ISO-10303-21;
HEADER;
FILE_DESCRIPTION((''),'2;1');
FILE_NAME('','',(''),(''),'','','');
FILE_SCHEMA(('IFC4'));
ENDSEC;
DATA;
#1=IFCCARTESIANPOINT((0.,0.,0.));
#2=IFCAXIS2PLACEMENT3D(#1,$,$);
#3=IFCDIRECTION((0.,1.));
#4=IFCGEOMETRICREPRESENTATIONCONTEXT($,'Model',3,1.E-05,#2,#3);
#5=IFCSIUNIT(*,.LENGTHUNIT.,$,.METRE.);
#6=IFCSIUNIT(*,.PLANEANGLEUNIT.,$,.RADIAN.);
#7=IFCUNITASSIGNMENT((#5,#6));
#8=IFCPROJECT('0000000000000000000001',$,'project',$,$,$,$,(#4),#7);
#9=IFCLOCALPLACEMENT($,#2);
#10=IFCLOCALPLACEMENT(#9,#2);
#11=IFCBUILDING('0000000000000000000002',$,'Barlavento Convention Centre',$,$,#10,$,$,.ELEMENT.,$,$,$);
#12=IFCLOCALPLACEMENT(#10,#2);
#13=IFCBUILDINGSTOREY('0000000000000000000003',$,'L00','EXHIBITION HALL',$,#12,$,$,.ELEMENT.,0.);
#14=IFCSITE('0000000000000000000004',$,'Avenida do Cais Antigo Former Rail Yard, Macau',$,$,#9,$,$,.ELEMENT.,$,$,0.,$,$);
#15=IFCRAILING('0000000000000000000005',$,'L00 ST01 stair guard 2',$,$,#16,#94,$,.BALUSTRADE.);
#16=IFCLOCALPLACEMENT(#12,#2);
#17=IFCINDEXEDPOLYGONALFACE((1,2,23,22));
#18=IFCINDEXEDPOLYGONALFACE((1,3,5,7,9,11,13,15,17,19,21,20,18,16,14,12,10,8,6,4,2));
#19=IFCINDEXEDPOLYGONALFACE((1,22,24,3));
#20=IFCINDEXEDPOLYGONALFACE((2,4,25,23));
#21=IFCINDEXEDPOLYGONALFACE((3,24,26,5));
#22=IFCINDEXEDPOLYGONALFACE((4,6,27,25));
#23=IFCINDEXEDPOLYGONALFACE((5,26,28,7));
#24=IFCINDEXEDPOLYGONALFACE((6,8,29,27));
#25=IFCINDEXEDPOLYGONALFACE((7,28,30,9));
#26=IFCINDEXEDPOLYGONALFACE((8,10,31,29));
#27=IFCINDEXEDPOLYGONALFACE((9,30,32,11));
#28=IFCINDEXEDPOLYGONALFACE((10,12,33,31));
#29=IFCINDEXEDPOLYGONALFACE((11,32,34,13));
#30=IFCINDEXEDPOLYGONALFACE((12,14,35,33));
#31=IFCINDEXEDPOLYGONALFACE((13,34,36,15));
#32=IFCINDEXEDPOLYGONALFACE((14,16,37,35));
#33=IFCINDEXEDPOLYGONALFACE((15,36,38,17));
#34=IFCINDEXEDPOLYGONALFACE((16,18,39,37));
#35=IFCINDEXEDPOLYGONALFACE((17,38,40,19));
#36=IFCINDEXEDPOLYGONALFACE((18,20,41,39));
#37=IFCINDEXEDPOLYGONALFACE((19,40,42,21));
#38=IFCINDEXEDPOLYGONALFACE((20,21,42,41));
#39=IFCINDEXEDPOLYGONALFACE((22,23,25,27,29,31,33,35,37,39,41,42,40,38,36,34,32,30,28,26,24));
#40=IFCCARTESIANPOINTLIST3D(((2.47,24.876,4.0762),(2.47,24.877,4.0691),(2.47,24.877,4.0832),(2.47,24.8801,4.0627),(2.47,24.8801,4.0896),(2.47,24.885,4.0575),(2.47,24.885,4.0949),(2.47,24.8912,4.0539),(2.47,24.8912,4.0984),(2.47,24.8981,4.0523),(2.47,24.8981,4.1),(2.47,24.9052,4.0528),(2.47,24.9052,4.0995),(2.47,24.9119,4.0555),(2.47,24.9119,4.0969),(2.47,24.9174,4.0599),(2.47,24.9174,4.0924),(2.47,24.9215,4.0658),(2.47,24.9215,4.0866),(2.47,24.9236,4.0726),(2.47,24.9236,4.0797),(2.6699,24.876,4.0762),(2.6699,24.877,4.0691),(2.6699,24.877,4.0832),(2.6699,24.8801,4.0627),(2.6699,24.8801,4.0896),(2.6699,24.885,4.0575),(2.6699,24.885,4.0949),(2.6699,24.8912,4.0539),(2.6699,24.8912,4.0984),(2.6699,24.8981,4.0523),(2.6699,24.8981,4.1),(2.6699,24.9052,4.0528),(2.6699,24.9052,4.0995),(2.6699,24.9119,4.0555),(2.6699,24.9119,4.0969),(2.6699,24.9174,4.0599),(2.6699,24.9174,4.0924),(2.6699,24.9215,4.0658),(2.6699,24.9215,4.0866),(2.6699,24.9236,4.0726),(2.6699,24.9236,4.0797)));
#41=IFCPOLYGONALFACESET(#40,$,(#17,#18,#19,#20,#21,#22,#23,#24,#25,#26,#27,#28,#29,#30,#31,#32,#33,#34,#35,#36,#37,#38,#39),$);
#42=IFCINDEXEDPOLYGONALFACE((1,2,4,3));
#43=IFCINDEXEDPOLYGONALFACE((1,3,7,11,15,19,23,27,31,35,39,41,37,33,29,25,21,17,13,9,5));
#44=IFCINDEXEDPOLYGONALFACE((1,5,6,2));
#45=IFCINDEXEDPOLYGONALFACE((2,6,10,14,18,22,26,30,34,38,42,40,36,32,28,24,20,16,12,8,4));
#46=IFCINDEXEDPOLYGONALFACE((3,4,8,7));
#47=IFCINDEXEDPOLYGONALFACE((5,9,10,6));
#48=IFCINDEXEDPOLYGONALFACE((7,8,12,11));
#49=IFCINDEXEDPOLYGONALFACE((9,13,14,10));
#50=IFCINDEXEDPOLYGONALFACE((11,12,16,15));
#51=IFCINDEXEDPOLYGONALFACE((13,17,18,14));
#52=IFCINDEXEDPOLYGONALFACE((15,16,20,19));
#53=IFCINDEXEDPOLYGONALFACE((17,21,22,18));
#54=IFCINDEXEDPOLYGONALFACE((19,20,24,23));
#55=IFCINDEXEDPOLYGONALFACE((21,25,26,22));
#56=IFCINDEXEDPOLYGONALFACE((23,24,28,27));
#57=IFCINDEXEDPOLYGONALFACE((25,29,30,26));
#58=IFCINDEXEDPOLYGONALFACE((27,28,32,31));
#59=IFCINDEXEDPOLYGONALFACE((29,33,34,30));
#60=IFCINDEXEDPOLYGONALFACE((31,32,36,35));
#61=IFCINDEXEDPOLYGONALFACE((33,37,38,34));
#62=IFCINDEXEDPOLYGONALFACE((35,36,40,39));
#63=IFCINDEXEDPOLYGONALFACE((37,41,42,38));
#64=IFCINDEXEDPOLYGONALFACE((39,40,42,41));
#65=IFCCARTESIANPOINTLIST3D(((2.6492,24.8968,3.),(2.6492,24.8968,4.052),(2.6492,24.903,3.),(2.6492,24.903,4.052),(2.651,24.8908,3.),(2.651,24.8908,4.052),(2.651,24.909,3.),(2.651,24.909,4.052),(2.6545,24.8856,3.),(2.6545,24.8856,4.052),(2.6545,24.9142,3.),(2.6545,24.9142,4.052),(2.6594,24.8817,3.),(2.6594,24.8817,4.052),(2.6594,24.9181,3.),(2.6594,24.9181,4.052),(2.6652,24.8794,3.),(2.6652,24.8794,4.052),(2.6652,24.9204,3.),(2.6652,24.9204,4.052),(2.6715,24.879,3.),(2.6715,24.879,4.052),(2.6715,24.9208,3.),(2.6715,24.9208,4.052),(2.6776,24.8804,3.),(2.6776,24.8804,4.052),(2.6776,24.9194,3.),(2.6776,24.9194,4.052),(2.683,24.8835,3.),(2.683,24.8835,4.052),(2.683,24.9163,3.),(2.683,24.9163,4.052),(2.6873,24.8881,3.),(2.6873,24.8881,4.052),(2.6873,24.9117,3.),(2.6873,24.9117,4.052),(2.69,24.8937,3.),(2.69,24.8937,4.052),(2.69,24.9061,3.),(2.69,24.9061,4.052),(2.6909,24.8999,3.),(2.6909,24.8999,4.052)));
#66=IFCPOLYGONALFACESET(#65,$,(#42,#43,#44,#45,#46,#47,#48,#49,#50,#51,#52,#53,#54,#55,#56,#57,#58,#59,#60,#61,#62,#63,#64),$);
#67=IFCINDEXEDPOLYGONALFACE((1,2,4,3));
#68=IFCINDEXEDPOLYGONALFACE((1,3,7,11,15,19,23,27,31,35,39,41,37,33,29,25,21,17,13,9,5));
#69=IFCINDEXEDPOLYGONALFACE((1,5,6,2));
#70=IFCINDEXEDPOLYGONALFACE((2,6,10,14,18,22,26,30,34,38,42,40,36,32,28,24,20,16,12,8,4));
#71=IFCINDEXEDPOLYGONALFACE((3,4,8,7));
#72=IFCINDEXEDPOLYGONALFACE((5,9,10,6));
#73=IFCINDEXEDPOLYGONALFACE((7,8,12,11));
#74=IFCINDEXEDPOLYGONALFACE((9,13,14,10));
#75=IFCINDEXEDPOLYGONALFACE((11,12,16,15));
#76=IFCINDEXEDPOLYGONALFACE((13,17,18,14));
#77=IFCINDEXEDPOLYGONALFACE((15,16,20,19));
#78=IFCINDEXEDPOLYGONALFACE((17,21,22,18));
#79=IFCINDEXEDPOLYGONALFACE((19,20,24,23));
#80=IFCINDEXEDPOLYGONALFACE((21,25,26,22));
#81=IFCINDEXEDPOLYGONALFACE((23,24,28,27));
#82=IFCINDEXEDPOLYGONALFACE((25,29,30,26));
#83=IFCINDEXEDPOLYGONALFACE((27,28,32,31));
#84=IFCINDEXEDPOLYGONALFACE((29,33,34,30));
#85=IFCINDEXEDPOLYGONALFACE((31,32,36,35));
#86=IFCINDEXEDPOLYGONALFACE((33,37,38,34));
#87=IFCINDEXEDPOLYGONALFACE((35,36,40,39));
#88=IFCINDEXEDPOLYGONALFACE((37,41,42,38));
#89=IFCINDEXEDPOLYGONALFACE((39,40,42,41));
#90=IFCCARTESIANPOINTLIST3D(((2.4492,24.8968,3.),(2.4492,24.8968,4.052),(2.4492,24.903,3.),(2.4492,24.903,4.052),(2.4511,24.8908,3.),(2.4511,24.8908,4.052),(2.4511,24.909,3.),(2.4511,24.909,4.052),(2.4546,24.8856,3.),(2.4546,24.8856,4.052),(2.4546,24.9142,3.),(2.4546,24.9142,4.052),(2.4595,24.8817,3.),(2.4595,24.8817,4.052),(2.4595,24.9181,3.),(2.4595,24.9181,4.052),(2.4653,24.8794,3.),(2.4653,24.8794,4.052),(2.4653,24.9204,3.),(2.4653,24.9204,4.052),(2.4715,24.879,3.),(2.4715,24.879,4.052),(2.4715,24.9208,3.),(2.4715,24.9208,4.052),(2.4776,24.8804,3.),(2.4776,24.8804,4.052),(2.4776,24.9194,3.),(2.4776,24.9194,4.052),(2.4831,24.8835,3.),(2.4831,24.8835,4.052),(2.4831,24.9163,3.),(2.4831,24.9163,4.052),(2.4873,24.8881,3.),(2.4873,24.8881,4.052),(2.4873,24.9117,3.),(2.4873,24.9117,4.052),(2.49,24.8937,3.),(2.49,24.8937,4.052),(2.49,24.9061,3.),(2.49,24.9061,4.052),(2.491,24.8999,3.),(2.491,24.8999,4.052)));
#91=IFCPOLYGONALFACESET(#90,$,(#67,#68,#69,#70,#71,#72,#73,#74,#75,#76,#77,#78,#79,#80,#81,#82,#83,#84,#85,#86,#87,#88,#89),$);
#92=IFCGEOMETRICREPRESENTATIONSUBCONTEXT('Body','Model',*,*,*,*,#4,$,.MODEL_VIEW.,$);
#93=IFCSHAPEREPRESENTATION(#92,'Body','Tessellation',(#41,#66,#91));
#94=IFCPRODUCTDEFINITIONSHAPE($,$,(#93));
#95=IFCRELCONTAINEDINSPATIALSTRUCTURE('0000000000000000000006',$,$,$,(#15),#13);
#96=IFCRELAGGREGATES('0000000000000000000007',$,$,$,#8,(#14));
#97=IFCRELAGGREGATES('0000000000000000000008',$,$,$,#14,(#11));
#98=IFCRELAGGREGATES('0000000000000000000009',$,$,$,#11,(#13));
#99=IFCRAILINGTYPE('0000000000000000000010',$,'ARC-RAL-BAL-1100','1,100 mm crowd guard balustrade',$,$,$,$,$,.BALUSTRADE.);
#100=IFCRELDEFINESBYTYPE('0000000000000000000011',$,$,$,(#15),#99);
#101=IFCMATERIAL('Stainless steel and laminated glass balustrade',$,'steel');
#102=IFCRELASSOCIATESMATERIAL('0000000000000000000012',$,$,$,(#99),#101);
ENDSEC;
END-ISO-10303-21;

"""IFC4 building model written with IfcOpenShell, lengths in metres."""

from ifc_helpers import new_model, si_unit, direction, frame, origin, origin_2d, place, context, subcontext, project, spatial, circle, extrude, material, type_object, element, save


model = new_model("IFC4")

# Units and contexts
model_context = context("Model", 3, precision=1e-05, world=origin(), true_north=direction((0.0, 1.0)))
body_context = subcontext(model_context, "Body", "Model", "MODEL_VIEW")
ifc_project = project(units=[si_unit("LENGTHUNIT", "METRE"), si_unit("PLANEANGLEUNIT", "RADIAN")], contexts=[model_context])

# Site, building, storey
site_placement = place(None, origin())
site = spatial("IfcSite", under=ifc_project, at=site_placement, Name="Avenida do Cais Antigo Former Rail Yard, Macau", CompositionType="ELEMENT", RefElevation=0.0)
building_placement = place(site_placement, origin())
building = spatial("IfcBuilding", under=site, at=building_placement, Name="Barlavento Convention Centre", CompositionType="ELEMENT")
storey_placement = place(building_placement, origin())
storey = spatial("IfcBuildingStorey", under=building, at=storey_placement, Name="L00", Description="EXHIBITION HALL", CompositionType="ELEMENT", Elevation=0.0)

# Railing
ifc_material_1 = material(Name="Stainless steel and laminated glass balustrade", Category="steel")
railing_type_1 = type_object("IfcRailingType", Name="ARC-RAL-BAL-1100", Description="1,100 mm crowd guard balustrade", PredefinedType="BALUSTRADE", material=ifc_material_1)
railing_1_placement = place(storey_placement, frame((2.6699, 24.8999, 3.0)))
element("IfcRailing", 1, at=railing_1_placement, inside=storey, type_object=railing_type_1, Name="L00 ST01 stair guard 2", PredefinedType="BALUSTRADE", context=body_context, shape_type="SweptSolid", body=[
    extrude(circle(Radius=0.0239, at=origin_2d()), frame((0.0, 0.0, 1.0762), z_axis=(-1.0, 0.0, 0.0), x_axis=(0.0, -1.0, 0.0)), (0.0, 0.0, 1.0), 0.2),
    extrude(circle(Radius=0.021, at=origin_2d()), origin(), (0.0, 0.0, 1.0), 1.052),
    extrude(circle(Radius=0.021, at=origin_2d()), frame((-0.2, 0.0, 0.0)), (0.0, 0.0, 1.0), 1.052),
])

save(model, "model.ifc")
